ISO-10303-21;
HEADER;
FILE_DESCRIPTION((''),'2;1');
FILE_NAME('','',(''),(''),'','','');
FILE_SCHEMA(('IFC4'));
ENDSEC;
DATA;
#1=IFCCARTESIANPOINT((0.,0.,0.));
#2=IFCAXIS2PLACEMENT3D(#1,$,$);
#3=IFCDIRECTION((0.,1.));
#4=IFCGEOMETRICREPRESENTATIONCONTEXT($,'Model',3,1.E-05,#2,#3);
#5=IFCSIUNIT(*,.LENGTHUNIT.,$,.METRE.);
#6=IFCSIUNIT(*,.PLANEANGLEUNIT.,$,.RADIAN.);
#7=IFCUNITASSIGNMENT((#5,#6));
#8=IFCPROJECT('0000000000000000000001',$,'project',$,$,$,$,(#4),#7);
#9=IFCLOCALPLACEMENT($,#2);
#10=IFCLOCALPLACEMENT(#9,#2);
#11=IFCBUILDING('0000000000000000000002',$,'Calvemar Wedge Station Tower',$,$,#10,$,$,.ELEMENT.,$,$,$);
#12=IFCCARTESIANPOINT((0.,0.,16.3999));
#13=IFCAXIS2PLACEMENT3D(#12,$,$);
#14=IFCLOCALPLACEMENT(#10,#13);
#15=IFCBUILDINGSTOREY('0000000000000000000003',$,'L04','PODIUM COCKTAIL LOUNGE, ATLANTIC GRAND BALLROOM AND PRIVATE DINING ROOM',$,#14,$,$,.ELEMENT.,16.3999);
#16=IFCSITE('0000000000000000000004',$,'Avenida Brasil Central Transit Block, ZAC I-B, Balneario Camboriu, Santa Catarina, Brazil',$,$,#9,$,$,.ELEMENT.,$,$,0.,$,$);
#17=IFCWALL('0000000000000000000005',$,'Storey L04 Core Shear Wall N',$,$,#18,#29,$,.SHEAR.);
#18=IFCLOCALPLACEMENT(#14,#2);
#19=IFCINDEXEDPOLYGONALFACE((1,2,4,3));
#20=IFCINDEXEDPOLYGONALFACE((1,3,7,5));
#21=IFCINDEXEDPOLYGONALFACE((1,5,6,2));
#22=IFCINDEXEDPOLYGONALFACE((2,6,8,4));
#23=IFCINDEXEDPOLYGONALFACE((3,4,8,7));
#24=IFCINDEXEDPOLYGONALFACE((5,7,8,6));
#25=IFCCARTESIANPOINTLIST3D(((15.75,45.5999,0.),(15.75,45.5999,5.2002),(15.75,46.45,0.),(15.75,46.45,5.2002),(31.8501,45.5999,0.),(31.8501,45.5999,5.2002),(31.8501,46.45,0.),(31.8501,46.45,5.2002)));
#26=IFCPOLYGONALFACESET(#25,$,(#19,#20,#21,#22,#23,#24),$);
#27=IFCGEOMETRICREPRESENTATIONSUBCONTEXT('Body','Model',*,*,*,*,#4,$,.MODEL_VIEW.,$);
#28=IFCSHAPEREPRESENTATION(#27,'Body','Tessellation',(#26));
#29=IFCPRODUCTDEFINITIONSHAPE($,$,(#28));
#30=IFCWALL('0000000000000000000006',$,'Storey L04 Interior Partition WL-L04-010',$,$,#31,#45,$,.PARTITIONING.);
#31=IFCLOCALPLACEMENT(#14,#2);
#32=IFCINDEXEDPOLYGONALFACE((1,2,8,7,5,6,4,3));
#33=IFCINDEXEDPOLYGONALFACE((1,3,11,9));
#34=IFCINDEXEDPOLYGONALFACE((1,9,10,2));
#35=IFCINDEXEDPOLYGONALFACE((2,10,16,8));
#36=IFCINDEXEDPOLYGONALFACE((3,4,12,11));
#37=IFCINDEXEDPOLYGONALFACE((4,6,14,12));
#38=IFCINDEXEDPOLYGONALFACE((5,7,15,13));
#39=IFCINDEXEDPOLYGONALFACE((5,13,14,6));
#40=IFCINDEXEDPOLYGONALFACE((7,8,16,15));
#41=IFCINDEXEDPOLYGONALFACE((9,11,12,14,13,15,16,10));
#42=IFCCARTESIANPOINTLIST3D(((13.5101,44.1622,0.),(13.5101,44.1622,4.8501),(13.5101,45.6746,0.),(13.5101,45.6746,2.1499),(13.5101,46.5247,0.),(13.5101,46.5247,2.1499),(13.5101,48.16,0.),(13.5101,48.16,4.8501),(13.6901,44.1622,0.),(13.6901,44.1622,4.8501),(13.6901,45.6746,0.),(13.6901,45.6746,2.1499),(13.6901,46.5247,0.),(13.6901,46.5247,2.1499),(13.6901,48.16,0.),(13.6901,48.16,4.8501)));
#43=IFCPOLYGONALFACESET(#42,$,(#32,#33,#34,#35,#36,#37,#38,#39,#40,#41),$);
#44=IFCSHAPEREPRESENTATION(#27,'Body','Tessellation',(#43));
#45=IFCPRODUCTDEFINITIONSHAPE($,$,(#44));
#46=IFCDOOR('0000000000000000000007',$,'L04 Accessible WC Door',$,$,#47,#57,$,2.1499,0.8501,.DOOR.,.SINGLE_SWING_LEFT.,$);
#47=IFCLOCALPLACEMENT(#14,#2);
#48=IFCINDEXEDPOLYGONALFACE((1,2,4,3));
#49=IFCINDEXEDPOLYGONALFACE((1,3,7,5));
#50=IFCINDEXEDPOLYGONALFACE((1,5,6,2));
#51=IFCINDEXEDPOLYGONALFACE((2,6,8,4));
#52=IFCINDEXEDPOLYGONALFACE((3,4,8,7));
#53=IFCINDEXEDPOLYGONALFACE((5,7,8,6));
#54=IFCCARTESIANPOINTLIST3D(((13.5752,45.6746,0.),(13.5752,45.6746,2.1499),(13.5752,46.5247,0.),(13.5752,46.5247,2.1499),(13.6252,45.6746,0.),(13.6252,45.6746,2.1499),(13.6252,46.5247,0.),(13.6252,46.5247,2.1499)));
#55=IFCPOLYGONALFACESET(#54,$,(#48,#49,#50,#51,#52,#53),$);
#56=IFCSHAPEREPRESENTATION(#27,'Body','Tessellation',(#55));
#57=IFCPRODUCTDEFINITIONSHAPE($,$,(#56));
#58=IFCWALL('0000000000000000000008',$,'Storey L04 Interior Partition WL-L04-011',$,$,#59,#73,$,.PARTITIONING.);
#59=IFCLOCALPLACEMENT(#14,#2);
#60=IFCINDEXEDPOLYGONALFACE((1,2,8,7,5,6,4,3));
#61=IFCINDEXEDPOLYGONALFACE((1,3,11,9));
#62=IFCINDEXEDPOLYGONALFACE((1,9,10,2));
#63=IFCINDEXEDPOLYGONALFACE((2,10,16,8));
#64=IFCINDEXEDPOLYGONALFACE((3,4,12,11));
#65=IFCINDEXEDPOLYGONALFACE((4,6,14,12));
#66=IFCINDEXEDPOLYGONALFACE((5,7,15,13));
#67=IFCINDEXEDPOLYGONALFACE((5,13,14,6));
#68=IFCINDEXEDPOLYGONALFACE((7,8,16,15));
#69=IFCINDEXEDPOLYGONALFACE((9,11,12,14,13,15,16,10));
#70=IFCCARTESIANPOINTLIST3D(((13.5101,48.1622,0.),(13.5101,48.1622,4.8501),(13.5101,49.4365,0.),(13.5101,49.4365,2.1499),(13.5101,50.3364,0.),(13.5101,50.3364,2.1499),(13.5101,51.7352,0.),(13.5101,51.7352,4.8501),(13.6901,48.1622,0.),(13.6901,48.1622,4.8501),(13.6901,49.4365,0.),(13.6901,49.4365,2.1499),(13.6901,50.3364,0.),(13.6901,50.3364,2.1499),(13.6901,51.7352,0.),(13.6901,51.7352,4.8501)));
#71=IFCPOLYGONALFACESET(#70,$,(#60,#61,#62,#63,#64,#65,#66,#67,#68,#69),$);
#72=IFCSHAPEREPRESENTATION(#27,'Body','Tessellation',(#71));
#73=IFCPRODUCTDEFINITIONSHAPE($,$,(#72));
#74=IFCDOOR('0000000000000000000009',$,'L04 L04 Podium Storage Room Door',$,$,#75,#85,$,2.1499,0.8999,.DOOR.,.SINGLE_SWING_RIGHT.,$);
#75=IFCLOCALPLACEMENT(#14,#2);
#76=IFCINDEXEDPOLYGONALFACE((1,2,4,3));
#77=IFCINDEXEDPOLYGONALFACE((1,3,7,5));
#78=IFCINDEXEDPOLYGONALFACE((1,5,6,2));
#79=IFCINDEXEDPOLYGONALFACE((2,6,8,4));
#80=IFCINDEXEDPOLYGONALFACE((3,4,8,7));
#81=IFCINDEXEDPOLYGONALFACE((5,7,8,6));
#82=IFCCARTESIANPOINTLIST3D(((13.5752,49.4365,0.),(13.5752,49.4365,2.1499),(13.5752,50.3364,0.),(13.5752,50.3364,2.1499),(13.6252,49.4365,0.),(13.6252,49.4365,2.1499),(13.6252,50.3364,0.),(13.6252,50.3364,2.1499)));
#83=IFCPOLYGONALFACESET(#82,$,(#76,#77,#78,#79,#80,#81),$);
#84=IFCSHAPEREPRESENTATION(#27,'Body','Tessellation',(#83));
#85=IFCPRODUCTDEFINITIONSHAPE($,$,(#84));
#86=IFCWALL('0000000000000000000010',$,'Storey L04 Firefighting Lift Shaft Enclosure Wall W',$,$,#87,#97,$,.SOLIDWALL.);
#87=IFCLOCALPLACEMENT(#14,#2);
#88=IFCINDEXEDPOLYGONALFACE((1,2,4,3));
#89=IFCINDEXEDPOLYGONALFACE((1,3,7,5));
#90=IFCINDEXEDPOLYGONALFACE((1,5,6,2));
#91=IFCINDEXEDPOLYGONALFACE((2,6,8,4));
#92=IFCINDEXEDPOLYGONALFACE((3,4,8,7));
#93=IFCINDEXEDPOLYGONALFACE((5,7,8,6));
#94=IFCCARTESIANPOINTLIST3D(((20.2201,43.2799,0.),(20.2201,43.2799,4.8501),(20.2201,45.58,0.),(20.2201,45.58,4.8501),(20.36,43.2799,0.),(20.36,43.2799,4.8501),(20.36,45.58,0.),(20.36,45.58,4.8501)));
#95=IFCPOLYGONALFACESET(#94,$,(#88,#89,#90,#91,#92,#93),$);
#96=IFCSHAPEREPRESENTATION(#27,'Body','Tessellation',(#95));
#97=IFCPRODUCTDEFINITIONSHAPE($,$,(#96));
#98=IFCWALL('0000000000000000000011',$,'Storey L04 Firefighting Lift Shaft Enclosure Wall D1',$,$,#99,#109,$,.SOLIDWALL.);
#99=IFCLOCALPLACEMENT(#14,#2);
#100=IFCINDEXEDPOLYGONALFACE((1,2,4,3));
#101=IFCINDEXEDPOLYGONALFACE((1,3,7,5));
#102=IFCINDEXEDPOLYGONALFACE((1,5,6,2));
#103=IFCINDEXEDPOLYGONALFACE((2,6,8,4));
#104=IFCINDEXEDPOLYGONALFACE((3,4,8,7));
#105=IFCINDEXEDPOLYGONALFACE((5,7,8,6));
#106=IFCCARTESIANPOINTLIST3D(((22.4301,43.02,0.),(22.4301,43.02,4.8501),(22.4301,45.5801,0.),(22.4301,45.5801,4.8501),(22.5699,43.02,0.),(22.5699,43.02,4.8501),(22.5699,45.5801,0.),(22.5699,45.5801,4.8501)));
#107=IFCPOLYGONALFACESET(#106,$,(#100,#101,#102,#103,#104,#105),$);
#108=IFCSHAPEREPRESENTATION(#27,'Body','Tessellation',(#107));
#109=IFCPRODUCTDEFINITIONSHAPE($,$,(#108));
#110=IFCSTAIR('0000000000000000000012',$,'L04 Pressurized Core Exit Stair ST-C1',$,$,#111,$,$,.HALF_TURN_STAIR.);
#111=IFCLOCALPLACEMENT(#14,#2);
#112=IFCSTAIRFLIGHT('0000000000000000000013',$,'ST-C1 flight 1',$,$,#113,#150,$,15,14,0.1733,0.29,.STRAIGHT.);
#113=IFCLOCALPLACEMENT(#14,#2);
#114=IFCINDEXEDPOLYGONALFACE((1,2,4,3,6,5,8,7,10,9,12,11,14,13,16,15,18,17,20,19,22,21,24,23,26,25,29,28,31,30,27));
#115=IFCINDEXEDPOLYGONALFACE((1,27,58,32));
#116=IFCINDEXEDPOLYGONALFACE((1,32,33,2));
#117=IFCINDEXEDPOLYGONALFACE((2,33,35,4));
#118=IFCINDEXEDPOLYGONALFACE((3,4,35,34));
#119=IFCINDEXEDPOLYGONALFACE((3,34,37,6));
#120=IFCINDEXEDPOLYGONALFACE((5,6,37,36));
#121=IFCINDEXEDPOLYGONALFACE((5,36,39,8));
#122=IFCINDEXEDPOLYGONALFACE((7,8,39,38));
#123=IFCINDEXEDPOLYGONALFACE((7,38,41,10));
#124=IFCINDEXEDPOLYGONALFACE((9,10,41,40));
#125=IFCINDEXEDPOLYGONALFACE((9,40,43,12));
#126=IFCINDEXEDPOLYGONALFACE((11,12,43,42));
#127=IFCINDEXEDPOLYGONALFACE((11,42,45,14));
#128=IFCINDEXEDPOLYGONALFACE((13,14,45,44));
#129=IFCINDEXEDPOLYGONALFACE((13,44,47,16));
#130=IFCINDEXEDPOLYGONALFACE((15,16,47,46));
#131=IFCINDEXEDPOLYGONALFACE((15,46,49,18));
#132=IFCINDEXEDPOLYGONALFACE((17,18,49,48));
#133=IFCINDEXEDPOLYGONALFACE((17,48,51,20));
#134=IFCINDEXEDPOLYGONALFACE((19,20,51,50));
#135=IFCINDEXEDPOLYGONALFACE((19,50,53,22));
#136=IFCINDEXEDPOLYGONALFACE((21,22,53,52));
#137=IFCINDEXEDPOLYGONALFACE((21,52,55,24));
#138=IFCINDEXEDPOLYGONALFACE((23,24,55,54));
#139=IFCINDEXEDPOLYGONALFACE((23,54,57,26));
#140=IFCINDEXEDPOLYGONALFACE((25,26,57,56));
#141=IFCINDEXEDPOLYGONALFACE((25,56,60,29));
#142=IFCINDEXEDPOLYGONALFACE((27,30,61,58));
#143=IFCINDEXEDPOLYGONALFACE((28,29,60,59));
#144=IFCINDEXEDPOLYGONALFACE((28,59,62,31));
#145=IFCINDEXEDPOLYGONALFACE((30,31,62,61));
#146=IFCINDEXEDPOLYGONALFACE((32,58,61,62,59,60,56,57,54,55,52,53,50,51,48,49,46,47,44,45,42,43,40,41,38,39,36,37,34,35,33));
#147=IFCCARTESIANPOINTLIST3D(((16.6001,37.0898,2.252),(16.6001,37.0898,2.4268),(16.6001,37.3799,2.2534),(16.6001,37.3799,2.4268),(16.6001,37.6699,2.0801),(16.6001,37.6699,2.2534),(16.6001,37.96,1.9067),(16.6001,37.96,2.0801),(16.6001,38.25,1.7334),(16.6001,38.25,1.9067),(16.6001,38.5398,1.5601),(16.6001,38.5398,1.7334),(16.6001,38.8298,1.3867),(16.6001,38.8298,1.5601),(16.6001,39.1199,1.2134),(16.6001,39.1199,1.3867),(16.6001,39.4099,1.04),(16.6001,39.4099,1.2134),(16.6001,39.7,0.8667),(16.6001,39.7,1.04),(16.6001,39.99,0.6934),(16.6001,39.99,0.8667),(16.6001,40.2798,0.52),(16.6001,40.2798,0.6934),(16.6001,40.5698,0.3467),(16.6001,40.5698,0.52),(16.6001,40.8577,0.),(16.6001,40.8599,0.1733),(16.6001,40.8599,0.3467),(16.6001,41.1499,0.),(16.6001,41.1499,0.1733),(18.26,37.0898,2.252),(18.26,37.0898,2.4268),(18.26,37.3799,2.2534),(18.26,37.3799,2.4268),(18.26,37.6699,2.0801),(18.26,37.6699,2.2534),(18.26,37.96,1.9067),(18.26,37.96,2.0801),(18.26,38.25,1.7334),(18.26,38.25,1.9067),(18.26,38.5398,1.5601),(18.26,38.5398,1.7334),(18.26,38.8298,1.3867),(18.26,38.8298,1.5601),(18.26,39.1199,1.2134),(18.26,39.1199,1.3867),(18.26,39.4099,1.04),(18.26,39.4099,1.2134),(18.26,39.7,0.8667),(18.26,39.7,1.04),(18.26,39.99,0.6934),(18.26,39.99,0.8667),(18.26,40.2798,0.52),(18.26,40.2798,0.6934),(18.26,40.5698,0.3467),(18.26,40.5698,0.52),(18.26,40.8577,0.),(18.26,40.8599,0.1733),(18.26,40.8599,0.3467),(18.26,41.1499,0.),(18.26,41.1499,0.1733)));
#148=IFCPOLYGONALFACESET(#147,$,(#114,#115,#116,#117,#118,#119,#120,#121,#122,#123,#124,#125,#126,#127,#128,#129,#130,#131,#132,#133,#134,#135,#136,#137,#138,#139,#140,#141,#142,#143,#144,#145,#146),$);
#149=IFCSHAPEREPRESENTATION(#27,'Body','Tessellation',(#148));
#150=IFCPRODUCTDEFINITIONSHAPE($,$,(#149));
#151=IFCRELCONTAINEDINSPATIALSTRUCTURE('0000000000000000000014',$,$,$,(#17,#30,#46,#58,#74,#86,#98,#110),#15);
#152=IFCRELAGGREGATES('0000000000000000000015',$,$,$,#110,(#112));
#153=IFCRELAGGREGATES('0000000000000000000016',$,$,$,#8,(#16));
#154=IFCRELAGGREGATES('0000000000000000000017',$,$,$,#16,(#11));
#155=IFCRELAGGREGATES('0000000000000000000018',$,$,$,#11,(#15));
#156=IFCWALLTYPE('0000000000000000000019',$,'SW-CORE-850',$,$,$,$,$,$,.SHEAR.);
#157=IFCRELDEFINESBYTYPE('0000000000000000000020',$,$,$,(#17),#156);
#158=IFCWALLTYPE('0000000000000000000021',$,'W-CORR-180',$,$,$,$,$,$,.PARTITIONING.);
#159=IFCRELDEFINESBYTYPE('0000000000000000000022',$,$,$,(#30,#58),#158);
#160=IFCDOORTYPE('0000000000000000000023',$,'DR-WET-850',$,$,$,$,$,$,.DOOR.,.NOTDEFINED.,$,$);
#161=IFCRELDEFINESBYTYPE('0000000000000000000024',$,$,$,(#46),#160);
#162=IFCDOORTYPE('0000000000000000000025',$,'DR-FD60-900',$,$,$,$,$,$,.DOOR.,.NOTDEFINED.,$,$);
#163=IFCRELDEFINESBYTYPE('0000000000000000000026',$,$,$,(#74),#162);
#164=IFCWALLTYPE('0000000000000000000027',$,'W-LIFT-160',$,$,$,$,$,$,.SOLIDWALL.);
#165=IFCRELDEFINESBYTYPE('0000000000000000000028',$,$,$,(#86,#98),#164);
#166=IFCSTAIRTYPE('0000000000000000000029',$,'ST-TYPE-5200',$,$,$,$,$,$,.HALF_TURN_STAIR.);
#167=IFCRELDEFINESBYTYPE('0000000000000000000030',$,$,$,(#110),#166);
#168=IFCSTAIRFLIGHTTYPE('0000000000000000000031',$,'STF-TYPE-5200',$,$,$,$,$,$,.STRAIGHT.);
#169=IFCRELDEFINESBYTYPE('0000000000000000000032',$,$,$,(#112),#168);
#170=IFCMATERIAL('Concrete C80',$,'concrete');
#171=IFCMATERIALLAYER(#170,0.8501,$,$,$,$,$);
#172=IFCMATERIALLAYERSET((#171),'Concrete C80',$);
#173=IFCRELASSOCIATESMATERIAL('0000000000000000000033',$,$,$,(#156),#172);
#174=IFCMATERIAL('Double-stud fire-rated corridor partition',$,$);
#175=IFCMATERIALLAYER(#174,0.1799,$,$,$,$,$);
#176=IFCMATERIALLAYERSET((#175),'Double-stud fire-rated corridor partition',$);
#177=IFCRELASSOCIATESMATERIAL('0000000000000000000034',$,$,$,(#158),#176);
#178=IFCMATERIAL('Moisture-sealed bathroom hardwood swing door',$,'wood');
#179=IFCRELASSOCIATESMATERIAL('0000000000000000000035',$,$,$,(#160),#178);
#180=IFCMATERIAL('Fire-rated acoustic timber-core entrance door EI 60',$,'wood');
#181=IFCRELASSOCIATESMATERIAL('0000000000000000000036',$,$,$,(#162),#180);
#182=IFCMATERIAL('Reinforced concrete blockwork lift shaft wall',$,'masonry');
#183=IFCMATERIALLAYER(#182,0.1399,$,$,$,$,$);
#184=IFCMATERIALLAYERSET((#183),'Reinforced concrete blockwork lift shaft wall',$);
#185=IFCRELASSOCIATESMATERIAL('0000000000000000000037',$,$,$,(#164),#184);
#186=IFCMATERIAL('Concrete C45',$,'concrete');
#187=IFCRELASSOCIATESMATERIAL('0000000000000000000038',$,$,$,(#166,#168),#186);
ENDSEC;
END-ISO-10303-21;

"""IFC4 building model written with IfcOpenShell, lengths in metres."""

from ifc_helpers import new_model, si_unit, direction, frame, frame_2d, origin, place, context, subcontext, project, spatial, polyline, rectangle, outline, extrude, source, transform, mapped, material, layer, layer_set, type_object, element, fill, aggregate, save


model = new_model("IFC4")

# Units and contexts
model_context = context("Model", 3, precision=1e-05, world=origin(), true_north=direction((0.0, 1.0)))
body_context = subcontext(model_context, "Body", "Model", "MODEL_VIEW")
ifc_project = project(units=[si_unit("LENGTHUNIT", "METRE"), si_unit("PLANEANGLEUNIT", "RADIAN")], contexts=[model_context])

# Site, building, storey
site_placement = place(None, origin())
site = spatial("IfcSite", under=ifc_project, at=site_placement, Name="Avenida Brasil Central Transit Block, ZAC I-B, Balneario Camboriu, Santa Catarina, Brazil", CompositionType="ELEMENT", RefElevation=0.0)
building_placement = place(site_placement, origin())
building = spatial("IfcBuilding", under=site, at=building_placement, Name="Calvemar Wedge Station Tower", CompositionType="ELEMENT")
storey_placement = place(building_placement, frame((0.0, 0.0, 16.3999)))
storey = spatial("IfcBuildingStorey", under=building, at=storey_placement, Name="L04", Description="PODIUM COCKTAIL LOUNGE, ATLANTIC GRAND BALLROOM AND PRIVATE DINING ROOM", CompositionType="ELEMENT", Elevation=16.3999)

# Wall
ifc_material_1 = material(Name="Concrete C80", Category="concrete")
ifc_layer_1 = layer(ifc_material_1, 0.8501)
ifc_layer_set_1 = layer_set([ifc_layer_1], Name="Concrete C80")
wall_type_1 = type_object("IfcWallType", Name="SW-CORE-850", PredefinedType="SHEAR", material=ifc_layer_set_1)
wall_1_placement = place(storey_placement, frame((15.75, 46.0249, 0.0), z_axis=(0.0, 0.0, 1.0), x_axis=(1.0, 0.0, 0.0)))
element("IfcWall", 1, at=wall_1_placement, inside=storey, type_object=wall_type_1, Name="Storey L04 Core Shear Wall N", PredefinedType="SHEAR", context=body_context, shape_type="SweptSolid", body=[
    extrude(rectangle(XDim=16.1001, YDim=0.8501, at=frame_2d((8.05, 0.0))), origin(), (0.0, 0.0, 1.0), 5.2002),
])

# Walls, openings, doors
ifc_material_2 = material(Name="Double-stud fire-rated corridor partition")
ifc_layer_2 = layer(ifc_material_2, 0.1799)
ifc_layer_set_2 = layer_set([ifc_layer_2], Name="Double-stud fire-rated corridor partition")
wall_type_2 = type_object("IfcWallType", Name="W-CORR-180", PredefinedType="PARTITIONING", material=ifc_layer_set_2)
wall_2_placement = place(storey_placement, frame((13.6001, 44.1621, 0.0), z_axis=(0.0, 0.0, 1.0), x_axis=(0.0, 1.0, 0.0)))
wall_2 = element("IfcWall", 2, at=wall_2_placement, inside=storey, type_object=wall_type_2, Name="Storey L04 Interior Partition WL-L04-010", PredefinedType="PARTITIONING", context=body_context, shape_type="SweptSolid", body=[
    extrude(rectangle(XDim=3.9978, YDim=0.1799, at=frame_2d((1.999, 0.0))), origin(), (0.0, 0.0, 1.0), 4.8501),
])
shared_shape_1 = source(origin(), body_context, "Body", "SweptSolid", [
    extrude(rectangle(XDim=0.8501, YDim=2.1499, at=frame_2d((0.425, 1.075))), frame((0.0, 0.1001, 0.0), z_axis=(0.0, -1.0, 0.0), x_axis=(1.0, 0.0, 0.0)), (0.0, 0.0, 1.0), 0.2),
])
opening_1_placement = place(wall_2_placement, frame((1.5125, 0.0, 0.0)))
opening_1 = element("IfcOpeningElement", 3, at=opening_1_placement, cuts=wall_2, PredefinedType="OPENING", context=body_context, shape_type="MappedRepresentation", body=[
    mapped(shared_shape_1, transform((0.0, 0.0, 0.0), scale=1.0)),
])
ifc_material_3 = material(Name="Moisture-sealed bathroom hardwood swing door", Category="wood")
door_type_1 = type_object("IfcDoorType", Name="DR-WET-850", OperationType="NOTDEFINED", PredefinedType="DOOR", material=ifc_material_3)
shared_shape_2 = source(origin(), body_context, "Body", "SweptSolid", [
    extrude(rectangle(XDim=0.8501, YDim=2.1499, at=frame_2d((0.425, 1.075))), frame((0.0, 0.0249, 0.0), z_axis=(0.0, -1.0, 0.0), x_axis=(1.0, 0.0, 0.0)), (0.0, 0.0, 1.0), 0.05),
])
door_1_placement = place(opening_1_placement, origin())
door_1 = element("IfcDoor", 4, at=door_1_placement, inside=storey, type_object=door_type_1, Name="L04 Accessible WC Door", OperationType="SINGLE_SWING_LEFT", OverallHeight=2.1499, OverallWidth=0.8501, PredefinedType="DOOR", context=body_context, shape_type="MappedRepresentation", body=[
    mapped(shared_shape_2, transform((0.0, 0.0, 0.0), scale=1.0)),
])
fill(opening_1, door_1)
wall_3_placement = place(storey_placement, frame((13.6001, 48.1621, 0.0), z_axis=(0.0, 0.0, 1.0), x_axis=(0.0, 1.0, 0.0)))
wall_3 = element("IfcWall", 5, at=wall_3_placement, inside=storey, type_object=wall_type_2, Name="Storey L04 Interior Partition WL-L04-011", PredefinedType="PARTITIONING", context=body_context, shape_type="SweptSolid", body=[
    extrude(rectangle(XDim=3.573, YDim=0.1799, at=frame_2d((1.7866, 0.0))), origin(), (0.0, 0.0, 1.0), 4.8501),
])
shared_shape_3 = source(origin(), body_context, "Body", "SweptSolid", [
    extrude(rectangle(XDim=0.8999, YDim=2.1499, at=frame_2d((0.45, 1.075))), frame((0.0, 0.1001, 0.0), z_axis=(0.0, -1.0, 0.0), x_axis=(1.0, 0.0, 0.0)), (0.0, 0.0, 1.0), 0.2),
])
opening_2_placement = place(wall_3_placement, frame((1.2744, 0.0, 0.0)))
opening_2 = element("IfcOpeningElement", 6, at=opening_2_placement, cuts=wall_3, PredefinedType="OPENING", context=body_context, shape_type="MappedRepresentation", body=[
    mapped(shared_shape_3, transform((0.0, 0.0, 0.0), scale=1.0)),
])
ifc_material_4 = material(Name="Fire-rated acoustic timber-core entrance door EI 60", Category="wood")
door_type_2 = type_object("IfcDoorType", Name="DR-FD60-900", OperationType="NOTDEFINED", PredefinedType="DOOR", material=ifc_material_4)
shared_shape_4 = source(origin(), body_context, "Body", "SweptSolid", [
    extrude(rectangle(XDim=0.8999, YDim=2.1499, at=frame_2d((0.45, 1.075))), frame((0.0, 0.0249, 0.0), z_axis=(0.0, -1.0, 0.0), x_axis=(1.0, 0.0, 0.0)), (0.0, 0.0, 1.0), 0.05),
])
door_2_placement = place(opening_2_placement, origin())
door_2 = element("IfcDoor", 7, at=door_2_placement, inside=storey, type_object=door_type_2, Name="L04 L04 Podium Storage Room Door", OperationType="SINGLE_SWING_RIGHT", OverallHeight=2.1499, OverallWidth=0.8999, PredefinedType="DOOR", context=body_context, shape_type="MappedRepresentation", body=[
    mapped(shared_shape_4, transform((0.0, 0.0, 0.0), scale=1.0)),
])
fill(opening_2, door_2)

# Shared definitions
ifc_material_5 = material(Name="Reinforced concrete blockwork lift shaft wall", Category="masonry")
ifc_layer_3 = layer(ifc_material_5, 0.1399)
ifc_layer_set_3 = layer_set([ifc_layer_3], Name="Reinforced concrete blockwork lift shaft wall")
wall_type_3 = type_object("IfcWallType", Name="W-LIFT-160", PredefinedType="SOLIDWALL", material=ifc_layer_set_3)

# Walls
wall_4_placement = place(storey_placement, frame((20.29, 43.28, 0.0), z_axis=(0.0, 0.0, 1.0), x_axis=(0.0, 1.0, 0.0)))
element("IfcWall", 8, at=wall_4_placement, inside=storey, type_object=wall_type_3, Name="Storey L04 Firefighting Lift Shaft Enclosure Wall W", PredefinedType="SOLIDWALL", context=body_context, shape_type="SweptSolid", body=[
    extrude(rectangle(XDim=2.3, YDim=0.1399, at=frame_2d((1.1499, 0.0))), origin(), (0.0, 0.0, 1.0), 4.8501),
])
wall_5_placement = place(storey_placement, frame((22.5, 43.02, 0.0), z_axis=(0.0, 0.0, 1.0), x_axis=(0.0, 1.0, 0.0)))
element("IfcWall", 9, at=wall_5_placement, inside=storey, type_object=wall_type_3, Name="Storey L04 Firefighting Lift Shaft Enclosure Wall D1", PredefinedType="SOLIDWALL", context=body_context, shape_type="SweptSolid", body=[
    extrude(rectangle(XDim=2.5601, YDim=0.1399, at=frame_2d((1.28, 0.0))), origin(), (0.0, 0.0, 1.0), 4.8501),
])

# Stair, stair flight
ifc_material_6 = material(Name="Concrete C45", Category="concrete")
stair_type = type_object("IfcStairType", Name="ST-TYPE-5200", PredefinedType="HALF_TURN_STAIR", material=ifc_material_6)
stair_placement = place(storey_placement, origin())
stair = element("IfcStair", 10, at=stair_placement, inside=storey, type_object=stair_type, Name="L04 Pressurized Core Exit Stair ST-C1", PredefinedType="HALF_TURN_STAIR")
stair_flight_type = type_object("IfcStairFlightType", Name="STF-TYPE-5200", PredefinedType="STRAIGHT", material=ifc_material_6)
stair_flight_placement = place(storey_placement, frame((17.4299, 41.1499, 0.0), z_axis=(0.0, 0.0, 1.0), x_axis=(0.0, -1.0, 0.0)))
stair_flight = element("IfcStairFlight", 11, at=stair_flight_placement, type_object=stair_flight_type, Name="ST-C1 flight 1", NumberOfRisers=15, NumberOfTreads=14, PredefinedType="STRAIGHT", RiserHeight=0.1733, TreadLength=0.29, context=body_context, shape_type="SweptSolid", body=[
    extrude(outline(polyline([(0.0, 0.0), (0.0, 0.1733), (0.29, 0.1733), (0.29, 0.3467), (0.5801, 0.3467), (0.5801, 0.52), (0.8701, 0.52), (0.8701, 0.6934), (1.1599, 0.6934), (1.1599, 0.8667), (1.45, 0.8667), (1.45, 1.04), (1.74, 1.04), (1.74, 1.2134), (2.03, 1.2134), (2.03, 1.3867), (2.3201, 1.3867), (2.3201, 1.5601), (2.6101, 1.5601), (2.6101, 1.7334), (2.8999, 1.7334), (2.8999, 1.9067), (3.1899, 1.9067), (3.1899, 2.0801), (3.48, 2.0801), (3.48, 2.2534), (3.77, 2.2534), (3.77, 2.4268), (4.0601, 2.4268), (4.0601, 2.6001), (4.0601, 2.252), (0.2922, 0.0), (0.0, 0.0)])), frame((0.0, 0.8301, 0.0), z_axis=(0.0, -1.0, 0.0), x_axis=(1.0, 0.0, 0.0)), (0.0, 0.0, 1.0), 1.6599),
])
aggregate(stair, [stair_flight])

save(model, "model.ifc")
